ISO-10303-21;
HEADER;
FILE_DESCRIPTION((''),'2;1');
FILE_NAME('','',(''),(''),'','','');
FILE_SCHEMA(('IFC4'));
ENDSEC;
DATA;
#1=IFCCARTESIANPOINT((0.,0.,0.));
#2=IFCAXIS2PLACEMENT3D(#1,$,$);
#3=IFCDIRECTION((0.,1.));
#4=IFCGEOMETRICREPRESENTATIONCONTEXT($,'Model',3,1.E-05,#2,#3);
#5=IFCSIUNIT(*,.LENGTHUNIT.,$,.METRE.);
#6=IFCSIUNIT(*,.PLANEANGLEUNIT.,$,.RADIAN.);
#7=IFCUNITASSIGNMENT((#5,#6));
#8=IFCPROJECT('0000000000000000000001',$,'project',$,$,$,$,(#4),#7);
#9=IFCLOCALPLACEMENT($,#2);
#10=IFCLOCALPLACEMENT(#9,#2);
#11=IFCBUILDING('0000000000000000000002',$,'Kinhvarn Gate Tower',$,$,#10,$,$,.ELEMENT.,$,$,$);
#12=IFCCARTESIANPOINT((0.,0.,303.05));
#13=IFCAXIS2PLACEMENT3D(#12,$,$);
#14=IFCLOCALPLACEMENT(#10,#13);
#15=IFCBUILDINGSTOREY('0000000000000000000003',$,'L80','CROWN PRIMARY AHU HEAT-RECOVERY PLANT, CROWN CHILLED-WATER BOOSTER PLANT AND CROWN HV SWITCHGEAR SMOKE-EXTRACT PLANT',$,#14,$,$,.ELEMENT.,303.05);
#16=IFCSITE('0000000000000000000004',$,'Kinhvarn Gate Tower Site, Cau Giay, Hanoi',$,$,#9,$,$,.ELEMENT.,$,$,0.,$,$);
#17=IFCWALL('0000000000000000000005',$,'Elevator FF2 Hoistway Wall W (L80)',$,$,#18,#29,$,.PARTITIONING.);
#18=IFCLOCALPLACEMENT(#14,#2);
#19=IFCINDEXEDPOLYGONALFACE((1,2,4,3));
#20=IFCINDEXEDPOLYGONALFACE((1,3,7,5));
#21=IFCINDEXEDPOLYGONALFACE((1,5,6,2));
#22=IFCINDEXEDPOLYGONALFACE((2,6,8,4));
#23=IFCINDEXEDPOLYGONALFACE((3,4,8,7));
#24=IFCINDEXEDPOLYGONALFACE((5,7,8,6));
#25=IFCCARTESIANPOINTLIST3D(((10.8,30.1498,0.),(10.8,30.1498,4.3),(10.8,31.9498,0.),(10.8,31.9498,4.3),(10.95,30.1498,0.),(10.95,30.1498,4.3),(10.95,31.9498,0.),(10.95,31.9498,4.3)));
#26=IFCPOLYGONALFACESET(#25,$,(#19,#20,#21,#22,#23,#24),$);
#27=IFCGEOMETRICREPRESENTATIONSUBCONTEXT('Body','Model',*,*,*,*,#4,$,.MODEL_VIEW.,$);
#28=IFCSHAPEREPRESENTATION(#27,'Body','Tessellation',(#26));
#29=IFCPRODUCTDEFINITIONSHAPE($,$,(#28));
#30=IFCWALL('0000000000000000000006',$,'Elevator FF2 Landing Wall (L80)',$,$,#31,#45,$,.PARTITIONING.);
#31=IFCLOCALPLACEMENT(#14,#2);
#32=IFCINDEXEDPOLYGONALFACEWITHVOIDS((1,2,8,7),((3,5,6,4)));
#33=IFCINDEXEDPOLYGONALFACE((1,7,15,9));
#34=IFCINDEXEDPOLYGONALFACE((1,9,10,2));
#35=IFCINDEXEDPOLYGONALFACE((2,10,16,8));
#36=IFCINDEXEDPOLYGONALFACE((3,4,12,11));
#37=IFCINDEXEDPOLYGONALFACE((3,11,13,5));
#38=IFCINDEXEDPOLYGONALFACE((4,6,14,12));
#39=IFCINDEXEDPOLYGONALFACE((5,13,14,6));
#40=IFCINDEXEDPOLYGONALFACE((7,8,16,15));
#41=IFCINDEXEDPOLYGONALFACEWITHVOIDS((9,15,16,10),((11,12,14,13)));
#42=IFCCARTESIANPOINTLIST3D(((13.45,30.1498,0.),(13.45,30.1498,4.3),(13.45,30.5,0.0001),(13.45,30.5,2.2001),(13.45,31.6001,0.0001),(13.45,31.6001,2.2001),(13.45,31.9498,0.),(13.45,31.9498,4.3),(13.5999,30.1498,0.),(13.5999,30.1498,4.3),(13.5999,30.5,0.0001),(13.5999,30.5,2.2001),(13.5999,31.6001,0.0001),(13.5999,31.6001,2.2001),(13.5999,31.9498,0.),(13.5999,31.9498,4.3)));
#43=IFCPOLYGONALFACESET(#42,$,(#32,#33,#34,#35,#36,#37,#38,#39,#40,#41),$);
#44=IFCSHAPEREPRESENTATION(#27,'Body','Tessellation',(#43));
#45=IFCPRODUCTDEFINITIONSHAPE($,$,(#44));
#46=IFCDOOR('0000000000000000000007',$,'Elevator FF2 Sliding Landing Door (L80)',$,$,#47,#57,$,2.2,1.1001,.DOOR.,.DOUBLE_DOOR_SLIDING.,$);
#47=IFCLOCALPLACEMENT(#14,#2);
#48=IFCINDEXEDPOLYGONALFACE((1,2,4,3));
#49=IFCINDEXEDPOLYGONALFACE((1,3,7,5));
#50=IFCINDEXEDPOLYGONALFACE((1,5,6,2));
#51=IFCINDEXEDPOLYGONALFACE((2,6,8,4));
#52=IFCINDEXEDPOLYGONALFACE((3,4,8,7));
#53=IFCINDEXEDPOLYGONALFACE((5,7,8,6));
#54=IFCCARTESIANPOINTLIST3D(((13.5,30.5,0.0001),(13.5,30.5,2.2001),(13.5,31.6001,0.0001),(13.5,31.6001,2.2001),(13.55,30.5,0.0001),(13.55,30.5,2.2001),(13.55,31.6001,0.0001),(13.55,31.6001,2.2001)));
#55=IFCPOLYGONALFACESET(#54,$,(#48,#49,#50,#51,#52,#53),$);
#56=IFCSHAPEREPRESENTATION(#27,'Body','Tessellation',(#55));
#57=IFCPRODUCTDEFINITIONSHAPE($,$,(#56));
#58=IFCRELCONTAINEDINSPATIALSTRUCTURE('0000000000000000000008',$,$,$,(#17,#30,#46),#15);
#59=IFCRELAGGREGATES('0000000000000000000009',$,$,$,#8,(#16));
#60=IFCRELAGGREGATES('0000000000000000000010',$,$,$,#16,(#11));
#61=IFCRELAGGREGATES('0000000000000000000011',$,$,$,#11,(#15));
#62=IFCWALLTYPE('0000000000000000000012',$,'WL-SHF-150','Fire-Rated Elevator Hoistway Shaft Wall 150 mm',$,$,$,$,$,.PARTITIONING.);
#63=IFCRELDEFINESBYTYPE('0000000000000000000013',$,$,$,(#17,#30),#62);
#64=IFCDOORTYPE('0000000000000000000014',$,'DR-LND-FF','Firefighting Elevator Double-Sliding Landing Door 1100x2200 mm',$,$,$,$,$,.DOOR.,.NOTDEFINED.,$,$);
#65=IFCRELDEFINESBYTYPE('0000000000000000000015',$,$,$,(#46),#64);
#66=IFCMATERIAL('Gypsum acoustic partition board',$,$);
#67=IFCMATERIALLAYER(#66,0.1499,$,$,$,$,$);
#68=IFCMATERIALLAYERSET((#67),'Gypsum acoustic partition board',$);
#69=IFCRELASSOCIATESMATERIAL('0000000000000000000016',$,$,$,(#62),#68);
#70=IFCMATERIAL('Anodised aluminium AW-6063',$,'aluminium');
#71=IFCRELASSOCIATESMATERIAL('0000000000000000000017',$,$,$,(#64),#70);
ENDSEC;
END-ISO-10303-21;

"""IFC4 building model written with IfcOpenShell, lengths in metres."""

from ifc_helpers import new_model, si_unit, direction, frame, frame_2d, origin, place, context, subcontext, project, spatial, rectangle, extrude, material, layer, layer_set, type_object, element, fill, save


model = new_model("IFC4")

# Units and contexts
model_context = context("Model", 3, precision=1e-05, world=origin(), true_north=direction((0.0, 1.0)))
body_context = subcontext(model_context, "Body", "Model", "MODEL_VIEW")
ifc_project = project(units=[si_unit("LENGTHUNIT", "METRE"), si_unit("PLANEANGLEUNIT", "RADIAN")], contexts=[model_context])

# Site, building, storey
site_placement = place(None, origin())
site = spatial("IfcSite", under=ifc_project, at=site_placement, Name="Kinhvarn Gate Tower Site, Cau Giay, Hanoi", CompositionType="ELEMENT", RefElevation=0.0)
building_placement = place(site_placement, origin())
building = spatial("IfcBuilding", under=site, at=building_placement, Name="Kinhvarn Gate Tower", CompositionType="ELEMENT")
storey_placement = place(building_placement, frame((0.0, 0.0, 303.05)))
storey = spatial("IfcBuildingStorey", under=building, at=storey_placement, Name="L80", Description="CROWN PRIMARY AHU HEAT-RECOVERY PLANT, CROWN CHILLED-WATER BOOSTER PLANT AND CROWN HV SWITCHGEAR SMOKE-EXTRACT PLANT", CompositionType="ELEMENT", Elevation=303.05)

# Shared definitions
ifc_material_1 = material(Name="Gypsum acoustic partition board")

# Shared definitions
ifc_material_2 = material(Name="Anodised aluminium AW-6063", Category="aluminium")

# Shared definitions
ifc_layer_1 = layer(ifc_material_1, 0.1499)
ifc_layer_set_1 = layer_set([ifc_layer_1], Name="Gypsum acoustic partition board")
wall_type_1 = type_object("IfcWallType", Name="WL-SHF-150", Description="Fire-Rated Elevator Hoistway Shaft Wall 150 mm", PredefinedType="PARTITIONING", material=ifc_layer_set_1)

# Shared definitions
door_type_1 = type_object("IfcDoorType", Name="DR-LND-FF", Description="Firefighting Elevator Double-Sliding Landing Door 1100x2200 mm", OperationType="NOTDEFINED", PredefinedType="DOOR", material=ifc_material_2)

# Wall
wall_1_placement = place(storey_placement, frame((10.875, 30.1499, 0.0), z_axis=(0.0, 0.0, 1.0), x_axis=(0.0, 1.0, 0.0)))
element("IfcWall", 1, at=wall_1_placement, inside=storey, type_object=wall_type_1, Name="Elevator FF2 Hoistway Wall W (L80)", PredefinedType="PARTITIONING", context=body_context, shape_type="SweptSolid", body=[
    extrude(rectangle(XDim=1.8, YDim=0.1499, at=frame_2d((0.8999, 0.0))), origin(), (0.0, 0.0, 1.0), 4.3),
])

# Wall, opening, door
wall_2_placement = place(storey_placement, frame((13.5249, 30.1499, 0.0), z_axis=(0.0, 0.0, 1.0), x_axis=(0.0, 1.0, 0.0)))
wall_2 = element("IfcWall", 2, at=wall_2_placement, inside=storey, type_object=wall_type_1, Name="Elevator FF2 Landing Wall (L80)", PredefinedType="PARTITIONING", context=body_context, shape_type="SweptSolid", body=[
    extrude(rectangle(XDim=1.8, YDim=0.1499, at=frame_2d((0.8999, 0.0))), origin(), (0.0, 0.0, 1.0), 4.3),
])
opening_1_placement = place(wall_2_placement, frame((0.3501, 0.0, 0.0)))
opening_1 = element("IfcOpeningElement", 3, at=opening_1_placement, cuts=wall_2, PredefinedType="OPENING", context=body_context, shape_type="SweptSolid", body=[
    extrude(rectangle(XDim=1.1001, YDim=2.2, at=frame_2d((0.55, 1.1001))), frame((0.0, 0.085, 0.0), z_axis=(0.0, -1.0, 0.0), x_axis=(1.0, 0.0, 0.0)), (0.0, 0.0, 1.0), 0.1699),
])
door_1_placement = place(opening_1_placement, origin())
door_1 = element("IfcDoor", 4, at=door_1_placement, inside=storey, type_object=door_type_1, Name="Elevator FF2 Sliding Landing Door (L80)", OperationType="DOUBLE_DOOR_SLIDING", OverallHeight=2.2, OverallWidth=1.1001, PredefinedType="DOOR", context=body_context, shape_type="SweptSolid", body=[
    extrude(rectangle(XDim=1.1001, YDim=2.2, at=frame_2d((0.55, 1.1001))), frame((0.0, 0.0249, 0.0), z_axis=(0.0, -1.0, 0.0), x_axis=(1.0, 0.0, 0.0)), (0.0, 0.0, 1.0), 0.05),
])
fill(opening_1, door_1)

save(model, "model.ifc")
